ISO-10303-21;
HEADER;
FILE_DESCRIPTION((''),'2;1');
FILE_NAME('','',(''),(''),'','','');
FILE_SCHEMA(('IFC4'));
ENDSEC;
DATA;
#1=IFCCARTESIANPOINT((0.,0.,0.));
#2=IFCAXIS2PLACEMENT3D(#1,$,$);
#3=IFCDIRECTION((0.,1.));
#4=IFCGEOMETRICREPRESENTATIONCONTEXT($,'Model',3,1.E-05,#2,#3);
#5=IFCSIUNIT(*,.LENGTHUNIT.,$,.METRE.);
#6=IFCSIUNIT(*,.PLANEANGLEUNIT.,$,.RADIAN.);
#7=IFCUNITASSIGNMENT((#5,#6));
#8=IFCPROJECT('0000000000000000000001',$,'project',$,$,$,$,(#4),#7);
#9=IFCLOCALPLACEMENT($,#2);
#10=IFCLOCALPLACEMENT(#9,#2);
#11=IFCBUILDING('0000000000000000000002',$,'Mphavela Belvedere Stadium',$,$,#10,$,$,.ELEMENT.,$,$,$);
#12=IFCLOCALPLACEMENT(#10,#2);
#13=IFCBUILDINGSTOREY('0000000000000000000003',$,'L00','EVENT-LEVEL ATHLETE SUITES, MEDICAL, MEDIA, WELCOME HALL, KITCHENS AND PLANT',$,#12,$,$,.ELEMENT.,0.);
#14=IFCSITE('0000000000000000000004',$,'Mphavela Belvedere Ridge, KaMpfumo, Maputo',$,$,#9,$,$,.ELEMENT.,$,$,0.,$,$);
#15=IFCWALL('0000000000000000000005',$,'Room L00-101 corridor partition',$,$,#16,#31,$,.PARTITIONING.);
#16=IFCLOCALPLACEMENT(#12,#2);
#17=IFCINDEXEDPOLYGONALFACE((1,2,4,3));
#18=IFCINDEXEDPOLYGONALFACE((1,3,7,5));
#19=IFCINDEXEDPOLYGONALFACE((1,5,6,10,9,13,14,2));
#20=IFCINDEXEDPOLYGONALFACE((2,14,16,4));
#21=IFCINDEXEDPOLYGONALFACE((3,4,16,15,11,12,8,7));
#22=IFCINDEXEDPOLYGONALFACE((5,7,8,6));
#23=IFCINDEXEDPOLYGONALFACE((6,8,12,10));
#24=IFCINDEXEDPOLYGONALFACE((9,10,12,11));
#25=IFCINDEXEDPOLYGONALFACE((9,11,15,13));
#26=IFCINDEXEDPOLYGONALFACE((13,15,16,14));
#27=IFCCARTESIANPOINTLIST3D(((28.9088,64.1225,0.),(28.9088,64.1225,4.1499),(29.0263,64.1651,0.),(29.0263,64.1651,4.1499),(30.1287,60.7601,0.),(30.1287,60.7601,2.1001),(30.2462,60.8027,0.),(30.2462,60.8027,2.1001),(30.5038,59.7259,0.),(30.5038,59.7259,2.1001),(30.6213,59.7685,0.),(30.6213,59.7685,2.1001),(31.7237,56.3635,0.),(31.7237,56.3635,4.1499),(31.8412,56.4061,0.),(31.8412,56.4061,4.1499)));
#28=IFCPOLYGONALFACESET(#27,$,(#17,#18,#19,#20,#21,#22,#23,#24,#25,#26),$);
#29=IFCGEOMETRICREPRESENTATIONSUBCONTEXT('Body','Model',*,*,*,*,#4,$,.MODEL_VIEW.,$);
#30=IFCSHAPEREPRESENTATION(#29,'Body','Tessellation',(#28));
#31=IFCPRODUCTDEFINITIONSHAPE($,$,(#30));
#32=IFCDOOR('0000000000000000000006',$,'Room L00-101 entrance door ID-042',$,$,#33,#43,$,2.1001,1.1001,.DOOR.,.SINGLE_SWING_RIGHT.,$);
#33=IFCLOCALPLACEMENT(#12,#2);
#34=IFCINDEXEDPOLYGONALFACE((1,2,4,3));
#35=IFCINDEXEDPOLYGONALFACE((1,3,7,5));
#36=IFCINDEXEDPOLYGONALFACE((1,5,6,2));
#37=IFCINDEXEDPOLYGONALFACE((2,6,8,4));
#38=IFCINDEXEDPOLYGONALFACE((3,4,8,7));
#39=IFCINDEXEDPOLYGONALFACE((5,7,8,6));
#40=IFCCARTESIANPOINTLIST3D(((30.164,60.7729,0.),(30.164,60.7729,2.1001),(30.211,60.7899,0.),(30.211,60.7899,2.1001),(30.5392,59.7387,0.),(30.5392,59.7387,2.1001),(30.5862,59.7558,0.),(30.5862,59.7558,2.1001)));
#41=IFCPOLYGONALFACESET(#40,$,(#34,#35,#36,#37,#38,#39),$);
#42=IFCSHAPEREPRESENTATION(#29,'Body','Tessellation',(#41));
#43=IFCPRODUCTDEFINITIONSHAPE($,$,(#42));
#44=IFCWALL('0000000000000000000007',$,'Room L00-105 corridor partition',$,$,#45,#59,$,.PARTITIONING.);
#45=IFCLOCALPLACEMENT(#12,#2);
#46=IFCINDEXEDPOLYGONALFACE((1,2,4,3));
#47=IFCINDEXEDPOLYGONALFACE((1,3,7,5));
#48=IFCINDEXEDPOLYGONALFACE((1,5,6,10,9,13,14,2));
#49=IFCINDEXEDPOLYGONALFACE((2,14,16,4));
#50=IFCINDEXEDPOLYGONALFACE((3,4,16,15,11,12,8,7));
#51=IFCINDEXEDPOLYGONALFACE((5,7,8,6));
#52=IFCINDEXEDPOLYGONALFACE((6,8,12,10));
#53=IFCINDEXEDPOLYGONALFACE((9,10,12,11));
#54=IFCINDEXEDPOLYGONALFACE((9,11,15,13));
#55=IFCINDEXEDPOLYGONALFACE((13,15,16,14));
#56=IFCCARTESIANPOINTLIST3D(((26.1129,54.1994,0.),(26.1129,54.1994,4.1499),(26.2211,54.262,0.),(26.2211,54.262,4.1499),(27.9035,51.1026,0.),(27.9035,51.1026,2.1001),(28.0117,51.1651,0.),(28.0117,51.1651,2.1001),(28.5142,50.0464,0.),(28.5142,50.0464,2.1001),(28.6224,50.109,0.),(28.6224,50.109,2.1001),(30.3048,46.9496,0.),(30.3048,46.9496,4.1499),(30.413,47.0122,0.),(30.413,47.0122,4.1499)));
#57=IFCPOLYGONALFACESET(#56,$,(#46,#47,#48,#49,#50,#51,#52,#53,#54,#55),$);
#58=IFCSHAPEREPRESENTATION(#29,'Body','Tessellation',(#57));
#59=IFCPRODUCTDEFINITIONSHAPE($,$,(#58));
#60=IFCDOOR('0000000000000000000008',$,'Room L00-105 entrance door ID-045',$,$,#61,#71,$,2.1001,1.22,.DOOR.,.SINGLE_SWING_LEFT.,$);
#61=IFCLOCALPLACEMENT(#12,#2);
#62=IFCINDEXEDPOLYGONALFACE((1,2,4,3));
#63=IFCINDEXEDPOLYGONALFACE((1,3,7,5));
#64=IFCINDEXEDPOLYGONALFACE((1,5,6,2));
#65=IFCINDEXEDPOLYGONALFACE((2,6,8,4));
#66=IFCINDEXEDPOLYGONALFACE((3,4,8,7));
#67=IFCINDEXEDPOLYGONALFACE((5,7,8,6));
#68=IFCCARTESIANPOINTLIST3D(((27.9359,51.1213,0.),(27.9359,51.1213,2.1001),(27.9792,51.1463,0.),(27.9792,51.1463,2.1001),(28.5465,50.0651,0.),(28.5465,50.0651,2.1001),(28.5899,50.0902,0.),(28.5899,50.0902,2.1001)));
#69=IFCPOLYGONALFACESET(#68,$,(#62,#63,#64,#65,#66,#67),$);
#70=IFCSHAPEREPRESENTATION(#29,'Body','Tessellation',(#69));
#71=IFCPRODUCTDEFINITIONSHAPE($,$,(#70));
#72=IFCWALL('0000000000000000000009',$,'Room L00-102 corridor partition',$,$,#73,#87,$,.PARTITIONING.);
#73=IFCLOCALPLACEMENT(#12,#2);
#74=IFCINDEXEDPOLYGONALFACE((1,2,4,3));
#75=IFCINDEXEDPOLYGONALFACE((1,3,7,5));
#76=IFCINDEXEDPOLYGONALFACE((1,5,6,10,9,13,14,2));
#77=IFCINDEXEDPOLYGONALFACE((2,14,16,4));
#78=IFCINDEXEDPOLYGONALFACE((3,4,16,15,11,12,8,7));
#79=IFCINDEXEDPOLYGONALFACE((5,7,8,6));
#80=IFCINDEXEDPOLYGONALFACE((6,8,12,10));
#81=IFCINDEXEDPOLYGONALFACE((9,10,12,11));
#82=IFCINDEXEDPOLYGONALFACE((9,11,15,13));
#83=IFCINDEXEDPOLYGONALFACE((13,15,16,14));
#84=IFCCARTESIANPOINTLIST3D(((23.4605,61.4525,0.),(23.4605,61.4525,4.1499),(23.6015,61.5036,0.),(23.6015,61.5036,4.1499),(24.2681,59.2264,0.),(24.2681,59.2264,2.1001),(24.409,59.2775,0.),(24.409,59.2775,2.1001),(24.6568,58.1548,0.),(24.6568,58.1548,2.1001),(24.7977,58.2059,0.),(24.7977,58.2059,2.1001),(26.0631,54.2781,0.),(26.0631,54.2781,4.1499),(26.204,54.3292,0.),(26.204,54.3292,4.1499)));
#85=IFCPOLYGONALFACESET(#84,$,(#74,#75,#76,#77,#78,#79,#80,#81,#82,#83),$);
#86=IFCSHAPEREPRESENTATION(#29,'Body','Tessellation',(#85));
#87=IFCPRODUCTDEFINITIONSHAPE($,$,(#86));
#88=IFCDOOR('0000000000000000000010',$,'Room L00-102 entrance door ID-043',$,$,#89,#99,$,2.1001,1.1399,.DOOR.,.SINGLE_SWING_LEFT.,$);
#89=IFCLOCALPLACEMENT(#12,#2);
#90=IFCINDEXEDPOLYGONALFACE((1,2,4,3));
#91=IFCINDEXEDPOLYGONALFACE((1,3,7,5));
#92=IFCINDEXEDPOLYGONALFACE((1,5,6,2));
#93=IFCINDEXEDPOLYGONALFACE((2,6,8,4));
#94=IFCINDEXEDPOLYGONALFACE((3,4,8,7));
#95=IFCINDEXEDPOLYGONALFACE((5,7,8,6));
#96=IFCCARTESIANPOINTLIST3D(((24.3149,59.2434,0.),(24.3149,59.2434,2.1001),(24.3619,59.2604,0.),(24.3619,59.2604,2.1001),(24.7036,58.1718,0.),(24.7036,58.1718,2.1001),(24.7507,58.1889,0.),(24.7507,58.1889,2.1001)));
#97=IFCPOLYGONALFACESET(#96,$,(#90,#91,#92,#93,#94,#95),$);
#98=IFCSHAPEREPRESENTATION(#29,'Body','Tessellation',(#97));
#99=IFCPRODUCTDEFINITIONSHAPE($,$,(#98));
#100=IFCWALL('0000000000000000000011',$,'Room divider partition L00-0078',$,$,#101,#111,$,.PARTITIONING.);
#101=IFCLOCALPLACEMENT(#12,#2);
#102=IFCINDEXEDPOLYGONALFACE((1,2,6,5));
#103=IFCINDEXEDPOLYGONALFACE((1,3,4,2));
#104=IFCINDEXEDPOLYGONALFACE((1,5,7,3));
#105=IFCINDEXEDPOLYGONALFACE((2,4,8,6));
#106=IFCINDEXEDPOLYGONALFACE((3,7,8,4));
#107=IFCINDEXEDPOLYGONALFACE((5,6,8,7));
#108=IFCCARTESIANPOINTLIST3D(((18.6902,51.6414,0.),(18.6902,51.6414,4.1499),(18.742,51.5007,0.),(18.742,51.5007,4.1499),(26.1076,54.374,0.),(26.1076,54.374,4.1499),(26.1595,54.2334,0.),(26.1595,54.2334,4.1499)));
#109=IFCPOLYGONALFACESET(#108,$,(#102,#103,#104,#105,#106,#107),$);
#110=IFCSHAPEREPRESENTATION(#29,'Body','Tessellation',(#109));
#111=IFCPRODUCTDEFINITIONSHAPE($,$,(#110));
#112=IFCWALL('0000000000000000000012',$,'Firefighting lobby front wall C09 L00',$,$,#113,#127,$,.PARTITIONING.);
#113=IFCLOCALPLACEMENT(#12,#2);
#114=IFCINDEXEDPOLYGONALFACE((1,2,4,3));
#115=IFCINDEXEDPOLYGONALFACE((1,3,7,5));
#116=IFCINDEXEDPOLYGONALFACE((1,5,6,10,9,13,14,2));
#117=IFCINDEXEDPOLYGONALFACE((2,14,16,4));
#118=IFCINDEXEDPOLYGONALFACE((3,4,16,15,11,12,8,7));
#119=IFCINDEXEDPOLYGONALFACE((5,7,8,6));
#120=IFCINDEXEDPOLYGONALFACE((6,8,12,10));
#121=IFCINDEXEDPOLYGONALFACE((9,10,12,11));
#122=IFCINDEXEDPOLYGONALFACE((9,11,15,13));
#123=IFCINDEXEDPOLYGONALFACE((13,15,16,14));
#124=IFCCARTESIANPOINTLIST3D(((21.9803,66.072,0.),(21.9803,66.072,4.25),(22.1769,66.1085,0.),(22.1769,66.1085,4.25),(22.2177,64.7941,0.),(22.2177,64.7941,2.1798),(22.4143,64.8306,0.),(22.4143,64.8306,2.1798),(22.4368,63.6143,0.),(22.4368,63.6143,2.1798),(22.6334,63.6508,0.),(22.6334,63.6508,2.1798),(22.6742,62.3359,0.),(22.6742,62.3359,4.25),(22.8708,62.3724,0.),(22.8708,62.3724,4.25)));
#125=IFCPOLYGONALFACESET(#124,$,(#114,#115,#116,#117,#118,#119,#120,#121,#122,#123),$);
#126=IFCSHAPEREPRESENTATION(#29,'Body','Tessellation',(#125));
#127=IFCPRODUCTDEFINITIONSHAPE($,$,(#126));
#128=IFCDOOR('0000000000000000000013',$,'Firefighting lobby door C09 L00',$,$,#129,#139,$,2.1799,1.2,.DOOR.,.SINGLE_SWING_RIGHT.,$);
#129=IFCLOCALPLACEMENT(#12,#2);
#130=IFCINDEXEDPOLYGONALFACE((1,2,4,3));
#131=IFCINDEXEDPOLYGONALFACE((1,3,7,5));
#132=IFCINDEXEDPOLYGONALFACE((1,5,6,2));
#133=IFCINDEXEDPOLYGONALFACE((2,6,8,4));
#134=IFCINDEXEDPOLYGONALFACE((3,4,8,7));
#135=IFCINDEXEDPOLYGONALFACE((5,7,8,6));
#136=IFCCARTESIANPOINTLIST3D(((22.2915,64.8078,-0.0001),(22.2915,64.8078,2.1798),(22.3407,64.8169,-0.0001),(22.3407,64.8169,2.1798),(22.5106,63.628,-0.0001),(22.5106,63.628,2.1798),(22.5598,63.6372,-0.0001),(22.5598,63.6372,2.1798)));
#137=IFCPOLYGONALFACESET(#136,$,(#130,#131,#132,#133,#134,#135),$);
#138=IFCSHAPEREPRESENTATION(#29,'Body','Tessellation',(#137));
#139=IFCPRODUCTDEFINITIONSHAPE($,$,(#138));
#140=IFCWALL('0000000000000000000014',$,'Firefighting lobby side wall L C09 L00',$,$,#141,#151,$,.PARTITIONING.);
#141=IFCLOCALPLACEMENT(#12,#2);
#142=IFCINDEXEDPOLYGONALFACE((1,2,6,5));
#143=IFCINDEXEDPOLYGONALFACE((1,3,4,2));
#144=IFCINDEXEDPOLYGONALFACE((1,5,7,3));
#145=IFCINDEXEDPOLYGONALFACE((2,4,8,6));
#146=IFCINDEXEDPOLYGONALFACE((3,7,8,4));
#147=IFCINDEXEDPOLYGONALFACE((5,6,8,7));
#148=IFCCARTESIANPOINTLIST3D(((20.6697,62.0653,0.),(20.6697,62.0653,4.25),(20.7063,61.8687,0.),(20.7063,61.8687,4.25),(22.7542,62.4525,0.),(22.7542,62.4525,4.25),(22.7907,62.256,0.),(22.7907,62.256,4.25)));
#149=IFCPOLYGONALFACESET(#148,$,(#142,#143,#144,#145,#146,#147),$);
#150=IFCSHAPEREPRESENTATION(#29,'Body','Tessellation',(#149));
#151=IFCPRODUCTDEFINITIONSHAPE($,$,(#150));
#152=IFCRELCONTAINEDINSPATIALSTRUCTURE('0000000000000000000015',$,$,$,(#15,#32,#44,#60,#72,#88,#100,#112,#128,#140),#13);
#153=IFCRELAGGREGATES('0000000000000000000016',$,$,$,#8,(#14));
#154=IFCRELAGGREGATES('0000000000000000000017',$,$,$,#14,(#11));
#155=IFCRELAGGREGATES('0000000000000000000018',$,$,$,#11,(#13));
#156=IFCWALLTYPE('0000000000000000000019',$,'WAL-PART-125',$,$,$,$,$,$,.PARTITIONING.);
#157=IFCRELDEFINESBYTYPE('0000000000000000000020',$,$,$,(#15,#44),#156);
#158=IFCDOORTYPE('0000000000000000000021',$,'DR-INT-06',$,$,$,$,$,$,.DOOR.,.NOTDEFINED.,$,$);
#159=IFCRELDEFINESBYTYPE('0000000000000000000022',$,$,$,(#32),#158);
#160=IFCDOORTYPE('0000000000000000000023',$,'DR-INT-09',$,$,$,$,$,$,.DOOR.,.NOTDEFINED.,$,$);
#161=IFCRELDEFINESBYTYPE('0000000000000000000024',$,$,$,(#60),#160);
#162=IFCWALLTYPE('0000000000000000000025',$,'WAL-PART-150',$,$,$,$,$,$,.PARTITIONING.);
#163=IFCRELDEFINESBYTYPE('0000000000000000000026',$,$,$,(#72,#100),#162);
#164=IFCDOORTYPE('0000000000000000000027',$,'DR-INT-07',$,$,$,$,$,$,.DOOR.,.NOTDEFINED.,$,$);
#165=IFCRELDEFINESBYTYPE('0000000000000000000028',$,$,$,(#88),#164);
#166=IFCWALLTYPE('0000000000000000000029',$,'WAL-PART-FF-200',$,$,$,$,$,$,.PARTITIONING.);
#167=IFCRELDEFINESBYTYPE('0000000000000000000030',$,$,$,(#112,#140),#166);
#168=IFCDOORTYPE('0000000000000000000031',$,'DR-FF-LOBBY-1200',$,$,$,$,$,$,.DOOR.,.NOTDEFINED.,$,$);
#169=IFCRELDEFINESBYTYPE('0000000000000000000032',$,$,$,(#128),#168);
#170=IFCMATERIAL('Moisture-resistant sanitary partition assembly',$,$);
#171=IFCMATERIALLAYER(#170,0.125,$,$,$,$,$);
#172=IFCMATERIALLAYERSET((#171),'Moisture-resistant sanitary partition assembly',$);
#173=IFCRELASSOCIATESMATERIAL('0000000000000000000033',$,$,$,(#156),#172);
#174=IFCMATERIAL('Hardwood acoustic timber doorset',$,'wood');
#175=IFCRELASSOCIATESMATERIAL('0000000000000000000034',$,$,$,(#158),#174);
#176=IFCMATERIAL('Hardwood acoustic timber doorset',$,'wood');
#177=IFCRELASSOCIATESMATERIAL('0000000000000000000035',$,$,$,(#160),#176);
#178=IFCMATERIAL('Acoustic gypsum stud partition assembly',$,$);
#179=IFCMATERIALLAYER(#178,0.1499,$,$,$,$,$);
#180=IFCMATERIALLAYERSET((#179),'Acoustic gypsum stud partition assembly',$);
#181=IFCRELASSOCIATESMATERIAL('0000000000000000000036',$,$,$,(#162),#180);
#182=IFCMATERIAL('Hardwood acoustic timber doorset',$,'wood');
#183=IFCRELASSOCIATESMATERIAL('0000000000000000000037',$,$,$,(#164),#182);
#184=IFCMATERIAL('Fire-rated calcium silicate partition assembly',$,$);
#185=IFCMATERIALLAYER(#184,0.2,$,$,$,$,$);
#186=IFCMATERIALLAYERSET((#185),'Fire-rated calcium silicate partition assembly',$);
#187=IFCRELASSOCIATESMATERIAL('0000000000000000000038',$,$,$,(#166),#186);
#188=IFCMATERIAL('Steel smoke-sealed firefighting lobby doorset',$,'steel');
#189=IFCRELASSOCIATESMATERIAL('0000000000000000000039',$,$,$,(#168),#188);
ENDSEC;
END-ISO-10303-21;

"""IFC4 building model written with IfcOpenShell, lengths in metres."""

from ifc_helpers import new_model, si_unit, direction, frame, frame_2d, origin, place, context, subcontext, project, spatial, rectangle, extrude, material, layer, layer_set, type_object, element, fill, save


model = new_model("IFC4")

# Units and contexts
model_context = context("Model", 3, precision=1e-05, world=origin(), true_north=direction((0.0, 1.0)))
body_context = subcontext(model_context, "Body", "Model", "MODEL_VIEW")
ifc_project = project(units=[si_unit("LENGTHUNIT", "METRE"), si_unit("PLANEANGLEUNIT", "RADIAN")], contexts=[model_context])

# Site, building, storey
site_placement = place(None, origin())
site = spatial("IfcSite", under=ifc_project, at=site_placement, Name="Mphavela Belvedere Ridge, KaMpfumo, Maputo", CompositionType="ELEMENT", RefElevation=0.0)
building_placement = place(site_placement, origin())
building = spatial("IfcBuilding", under=site, at=building_placement, Name="Mphavela Belvedere Stadium", CompositionType="ELEMENT")
storey_placement = place(building_placement, origin())
storey = spatial("IfcBuildingStorey", under=building, at=storey_placement, Name="L00", Description="EVENT-LEVEL ATHLETE SUITES, MEDICAL, MEDIA, WELCOME HALL, KITCHENS AND PLANT", CompositionType="ELEMENT", Elevation=0.0)

# Walls, openings, doors
ifc_material_1 = material(Name="Moisture-resistant sanitary partition assembly")
ifc_layer_1 = layer(ifc_material_1, 0.125)
ifc_layer_set_1 = layer_set([ifc_layer_1], Name="Moisture-resistant sanitary partition assembly")
wall_type_1 = type_object("IfcWallType", Name="WAL-PART-125", PredefinedType="PARTITIONING", material=ifc_layer_set_1)
wall_1_placement = place(storey_placement, frame((31.7825, 56.3848, 0.0), z_axis=(0.0, 0.0, 1.0), x_axis=(-0.341045, 0.940047, 0.0)))
wall_1 = element("IfcWall", 1, at=wall_1_placement, inside=storey, type_object=wall_type_1, Name="Room L00-101 corridor partition", PredefinedType="PARTITIONING", context=body_context, shape_type="SweptSolid", body=[
    extrude(rectangle(XDim=8.2539, YDim=0.125, at=frame_2d((4.127, 0.0))), origin(), (0.0, 0.0, 1.0), 4.1499),
])
opening_1_placement = place(wall_1_placement, frame((3.5769, 0.0, 0.0)))
opening_1 = element("IfcOpeningElement", 2, at=opening_1_placement, cuts=wall_1, PredefinedType="OPENING", context=body_context, shape_type="SweptSolid", body=[
    extrude(rectangle(XDim=1.1001, YDim=2.1001, at=frame_2d((0.55, 1.05))), frame((0.0, 0.0725, 0.0), z_axis=(0.0, -1.0, 0.0), x_axis=(1.0, 0.0, 0.0)), (0.0, 0.0, 1.0), 0.145),
])
ifc_material_2 = material(Name="Hardwood acoustic timber doorset", Category="wood")
door_type_1 = type_object("IfcDoorType", Name="DR-INT-06", OperationType="NOTDEFINED", PredefinedType="DOOR", material=ifc_material_2)
door_1_placement = place(opening_1_placement, origin())
door_1 = element("IfcDoor", 3, at=door_1_placement, inside=storey, type_object=door_type_1, Name="Room L00-101 entrance door ID-042", OperationType="SINGLE_SWING_RIGHT", OverallHeight=2.1001, OverallWidth=1.1001, PredefinedType="DOOR", context=body_context, shape_type="SweptSolid", body=[
    extrude(rectangle(XDim=1.1001, YDim=2.1001, at=frame_2d((0.55, 1.05))), frame((0.0, 0.0249, 0.0), z_axis=(0.0, -1.0, 0.0), x_axis=(1.0, 0.0, 0.0)), (0.0, 0.0, 1.0), 0.05),
])
fill(opening_1, door_1)
wall_2_placement = place(storey_placement, frame((26.167, 54.2307, 0.0), z_axis=(0.0, 0.0, 1.0), x_axis=(0.500559, -0.865702, 0.0)))
wall_2 = element("IfcWall", 4, at=wall_2_placement, inside=storey, type_object=wall_type_1, Name="Room L00-105 corridor partition", PredefinedType="PARTITIONING", context=body_context, shape_type="SweptSolid", body=[
    extrude(rectangle(XDim=8.3745, YDim=0.125, at=frame_2d((4.1873, 0.0))), origin(), (0.0, 0.0, 1.0), 4.1499),
])
opening_2_placement = place(wall_2_placement, frame((3.5774, 0.0, 0.0)))
opening_2 = element("IfcOpeningElement", 5, at=opening_2_placement, cuts=wall_2, PredefinedType="OPENING", context=body_context, shape_type="SweptSolid", body=[
    extrude(rectangle(XDim=1.22, YDim=2.1001, at=frame_2d((0.6099, 1.05))), frame((0.0, 0.0725, 0.0), z_axis=(0.0, -1.0, 0.0), x_axis=(1.0, 0.0, 0.0)), (0.0, 0.0, 1.0), 0.145),
])
ifc_material_3 = material(Name="Hardwood acoustic timber doorset", Category="wood")
door_type_2 = type_object("IfcDoorType", Name="DR-INT-09", OperationType="NOTDEFINED", PredefinedType="DOOR", material=ifc_material_3)
door_2_placement = place(opening_2_placement, origin())
door_2 = element("IfcDoor", 6, at=door_2_placement, inside=storey, type_object=door_type_2, Name="Room L00-105 entrance door ID-045", OperationType="SINGLE_SWING_LEFT", OverallHeight=2.1001, OverallWidth=1.22, PredefinedType="DOOR", context=body_context, shape_type="SweptSolid", body=[
    extrude(rectangle(XDim=1.22, YDim=2.1001, at=frame_2d((0.6099, 1.05))), frame((0.0, 0.0249, 0.0), z_axis=(0.0, -1.0, 0.0), x_axis=(1.0, 0.0, 0.0)), (0.0, 0.0, 1.0), 0.05),
])
fill(opening_2, door_2)
ifc_material_4 = material(Name="Acoustic gypsum stud partition assembly")
ifc_layer_2 = layer(ifc_material_4, 0.1499)
ifc_layer_set_2 = layer_set([ifc_layer_2], Name="Acoustic gypsum stud partition assembly")
wall_type_2 = type_object("IfcWallType", Name="WAL-PART-150", PredefinedType="PARTITIONING", material=ifc_layer_set_2)
wall_3_placement = place(storey_placement, frame((23.531, 61.478, 0.0), z_axis=(0.0, 0.0, 1.0), x_axis=(0.341013, -0.940058, 0.0)))
wall_3 = element("IfcWall", 7, at=wall_3_placement, inside=storey, type_object=wall_type_2, Name="Room L00-102 corridor partition", PredefinedType="PARTITIONING", context=body_context, shape_type="SweptSolid", body=[
    extrude(rectangle(XDim=7.6318, YDim=0.1499, at=frame_2d((3.8159, 0.0))), origin(), (0.0, 0.0, 1.0), 4.1499),
])
opening_3_placement = place(wall_3_placement, frame((2.3682, 0.0, 0.0)))
opening_3 = element("IfcOpeningElement", 8, at=opening_3_placement, cuts=wall_3, PredefinedType="OPENING", context=body_context, shape_type="SweptSolid", body=[
    extrude(rectangle(XDim=1.1399, YDim=2.1001, at=frame_2d((0.5698, 1.05))), frame((0.0, 0.085, 0.0), z_axis=(0.0, -1.0, 0.0), x_axis=(1.0, 0.0, 0.0)), (0.0, 0.0, 1.0), 0.1699),
])
ifc_material_5 = material(Name="Hardwood acoustic timber doorset", Category="wood")
door_type_3 = type_object("IfcDoorType", Name="DR-INT-07", OperationType="NOTDEFINED", PredefinedType="DOOR", material=ifc_material_5)
door_3_placement = place(opening_3_placement, origin())
door_3 = element("IfcDoor", 9, at=door_3_placement, inside=storey, type_object=door_type_3, Name="Room L00-102 entrance door ID-043", OperationType="SINGLE_SWING_LEFT", OverallHeight=2.1001, OverallWidth=1.1399, PredefinedType="DOOR", context=body_context, shape_type="SweptSolid", body=[
    extrude(rectangle(XDim=1.1399, YDim=2.1001, at=frame_2d((0.5698, 1.05))), frame((0.0, 0.0249, 0.0), z_axis=(0.0, -1.0, 0.0), x_axis=(1.0, 0.0, 0.0)), (0.0, 0.0, 1.0), 0.05),
])
fill(opening_3, door_3)

# Wall
wall_4_placement = place(storey_placement, frame((26.1335, 54.3037, 0.0), z_axis=(0.0, 0.0, 1.0), x_axis=(-0.938347, -0.345695, 0.0)))
element("IfcWall", 10, at=wall_4_placement, inside=storey, type_object=wall_type_2, Name="Room divider partition L00-0078", PredefinedType="PARTITIONING", context=body_context, shape_type="SweptSolid", body=[
    extrude(rectangle(XDim=7.9048, YDim=0.1499, at=frame_2d((3.9524, 0.0))), origin(), (0.0, 0.0, 1.0), 4.1499),
])

# Wall, opening, door
ifc_material_6 = material(Name="Fire-rated calcium silicate partition assembly")
ifc_layer_3 = layer(ifc_material_6, 0.2)
ifc_layer_set_3 = layer_set([ifc_layer_3], Name="Fire-rated calcium silicate partition assembly")
wall_type_3 = type_object("IfcWallType", Name="WAL-PART-FF-200", PredefinedType="PARTITIONING", material=ifc_layer_set_3)
wall_5_placement = place(storey_placement, frame((22.7725, 62.3542, 0.0), z_axis=(0.0, 0.0, 1.0), x_axis=(-0.182593, 0.983189, 0.0)))
wall_5 = element("IfcWall", 11, at=wall_5_placement, inside=storey, type_object=wall_type_3, Name="Firefighting lobby front wall C09 L00", PredefinedType="PARTITIONING", context=body_context, shape_type="SweptSolid", body=[
    extrude(rectangle(XDim=3.8, YDim=0.2, at=frame_2d((1.8999, 0.0))), origin(), (0.0, 0.0, 1.0), 4.25),
])
opening_4_placement = place(wall_5_placement, frame((1.3, 0.0, 0.0)))
opening_4 = element("IfcOpeningElement", 12, at=opening_4_placement, cuts=wall_5, PredefinedType="OPENING", context=body_context, shape_type="SweptSolid", body=[
    extrude(rectangle(XDim=1.2, YDim=2.1799, at=frame_2d((0.6001, 1.0898))), frame((0.0, 0.1099, 0.0), z_axis=(0.0, -1.0, 0.0), x_axis=(1.0, 0.0, 0.0)), (0.0, 0.0, 1.0), 0.22),
])
ifc_material_7 = material(Name="Steel smoke-sealed firefighting lobby doorset", Category="steel")
door_type_4 = type_object("IfcDoorType", Name="DR-FF-LOBBY-1200", OperationType="NOTDEFINED", PredefinedType="DOOR", material=ifc_material_7)
door_4_placement = place(opening_4_placement, origin())
door_4 = element("IfcDoor", 13, at=door_4_placement, inside=storey, type_object=door_type_4, Name="Firefighting lobby door C09 L00", OperationType="SINGLE_SWING_RIGHT", OverallHeight=2.1799, OverallWidth=1.2, PredefinedType="DOOR", context=body_context, shape_type="SweptSolid", body=[
    extrude(rectangle(XDim=1.2, YDim=2.1799, at=frame_2d((0.6001, 1.0898))), frame((0.0, 0.0249, 0.0), z_axis=(0.0, -1.0, 0.0), x_axis=(1.0, 0.0, 0.0)), (0.0, 0.0, 1.0), 0.05),
])
fill(opening_4, door_4)

# Wall
wall_6_placement = place(storey_placement, frame((22.7725, 62.3542, 0.0), z_axis=(0.0, 0.0, 1.0), x_axis=(-0.983181, -0.182634, 0.0)))
element("IfcWall", 14, at=wall_6_placement, inside=storey, type_object=wall_type_3, Name="Firefighting lobby side wall L C09 L00", PredefinedType="PARTITIONING", context=body_context, shape_type="SweptSolid", body=[
    extrude(rectangle(XDim=2.1201, YDim=0.2, at=frame_2d((1.0601, 0.0))), origin(), (0.0, 0.0, 1.0), 4.25),
])

save(model, "model.ifc")
